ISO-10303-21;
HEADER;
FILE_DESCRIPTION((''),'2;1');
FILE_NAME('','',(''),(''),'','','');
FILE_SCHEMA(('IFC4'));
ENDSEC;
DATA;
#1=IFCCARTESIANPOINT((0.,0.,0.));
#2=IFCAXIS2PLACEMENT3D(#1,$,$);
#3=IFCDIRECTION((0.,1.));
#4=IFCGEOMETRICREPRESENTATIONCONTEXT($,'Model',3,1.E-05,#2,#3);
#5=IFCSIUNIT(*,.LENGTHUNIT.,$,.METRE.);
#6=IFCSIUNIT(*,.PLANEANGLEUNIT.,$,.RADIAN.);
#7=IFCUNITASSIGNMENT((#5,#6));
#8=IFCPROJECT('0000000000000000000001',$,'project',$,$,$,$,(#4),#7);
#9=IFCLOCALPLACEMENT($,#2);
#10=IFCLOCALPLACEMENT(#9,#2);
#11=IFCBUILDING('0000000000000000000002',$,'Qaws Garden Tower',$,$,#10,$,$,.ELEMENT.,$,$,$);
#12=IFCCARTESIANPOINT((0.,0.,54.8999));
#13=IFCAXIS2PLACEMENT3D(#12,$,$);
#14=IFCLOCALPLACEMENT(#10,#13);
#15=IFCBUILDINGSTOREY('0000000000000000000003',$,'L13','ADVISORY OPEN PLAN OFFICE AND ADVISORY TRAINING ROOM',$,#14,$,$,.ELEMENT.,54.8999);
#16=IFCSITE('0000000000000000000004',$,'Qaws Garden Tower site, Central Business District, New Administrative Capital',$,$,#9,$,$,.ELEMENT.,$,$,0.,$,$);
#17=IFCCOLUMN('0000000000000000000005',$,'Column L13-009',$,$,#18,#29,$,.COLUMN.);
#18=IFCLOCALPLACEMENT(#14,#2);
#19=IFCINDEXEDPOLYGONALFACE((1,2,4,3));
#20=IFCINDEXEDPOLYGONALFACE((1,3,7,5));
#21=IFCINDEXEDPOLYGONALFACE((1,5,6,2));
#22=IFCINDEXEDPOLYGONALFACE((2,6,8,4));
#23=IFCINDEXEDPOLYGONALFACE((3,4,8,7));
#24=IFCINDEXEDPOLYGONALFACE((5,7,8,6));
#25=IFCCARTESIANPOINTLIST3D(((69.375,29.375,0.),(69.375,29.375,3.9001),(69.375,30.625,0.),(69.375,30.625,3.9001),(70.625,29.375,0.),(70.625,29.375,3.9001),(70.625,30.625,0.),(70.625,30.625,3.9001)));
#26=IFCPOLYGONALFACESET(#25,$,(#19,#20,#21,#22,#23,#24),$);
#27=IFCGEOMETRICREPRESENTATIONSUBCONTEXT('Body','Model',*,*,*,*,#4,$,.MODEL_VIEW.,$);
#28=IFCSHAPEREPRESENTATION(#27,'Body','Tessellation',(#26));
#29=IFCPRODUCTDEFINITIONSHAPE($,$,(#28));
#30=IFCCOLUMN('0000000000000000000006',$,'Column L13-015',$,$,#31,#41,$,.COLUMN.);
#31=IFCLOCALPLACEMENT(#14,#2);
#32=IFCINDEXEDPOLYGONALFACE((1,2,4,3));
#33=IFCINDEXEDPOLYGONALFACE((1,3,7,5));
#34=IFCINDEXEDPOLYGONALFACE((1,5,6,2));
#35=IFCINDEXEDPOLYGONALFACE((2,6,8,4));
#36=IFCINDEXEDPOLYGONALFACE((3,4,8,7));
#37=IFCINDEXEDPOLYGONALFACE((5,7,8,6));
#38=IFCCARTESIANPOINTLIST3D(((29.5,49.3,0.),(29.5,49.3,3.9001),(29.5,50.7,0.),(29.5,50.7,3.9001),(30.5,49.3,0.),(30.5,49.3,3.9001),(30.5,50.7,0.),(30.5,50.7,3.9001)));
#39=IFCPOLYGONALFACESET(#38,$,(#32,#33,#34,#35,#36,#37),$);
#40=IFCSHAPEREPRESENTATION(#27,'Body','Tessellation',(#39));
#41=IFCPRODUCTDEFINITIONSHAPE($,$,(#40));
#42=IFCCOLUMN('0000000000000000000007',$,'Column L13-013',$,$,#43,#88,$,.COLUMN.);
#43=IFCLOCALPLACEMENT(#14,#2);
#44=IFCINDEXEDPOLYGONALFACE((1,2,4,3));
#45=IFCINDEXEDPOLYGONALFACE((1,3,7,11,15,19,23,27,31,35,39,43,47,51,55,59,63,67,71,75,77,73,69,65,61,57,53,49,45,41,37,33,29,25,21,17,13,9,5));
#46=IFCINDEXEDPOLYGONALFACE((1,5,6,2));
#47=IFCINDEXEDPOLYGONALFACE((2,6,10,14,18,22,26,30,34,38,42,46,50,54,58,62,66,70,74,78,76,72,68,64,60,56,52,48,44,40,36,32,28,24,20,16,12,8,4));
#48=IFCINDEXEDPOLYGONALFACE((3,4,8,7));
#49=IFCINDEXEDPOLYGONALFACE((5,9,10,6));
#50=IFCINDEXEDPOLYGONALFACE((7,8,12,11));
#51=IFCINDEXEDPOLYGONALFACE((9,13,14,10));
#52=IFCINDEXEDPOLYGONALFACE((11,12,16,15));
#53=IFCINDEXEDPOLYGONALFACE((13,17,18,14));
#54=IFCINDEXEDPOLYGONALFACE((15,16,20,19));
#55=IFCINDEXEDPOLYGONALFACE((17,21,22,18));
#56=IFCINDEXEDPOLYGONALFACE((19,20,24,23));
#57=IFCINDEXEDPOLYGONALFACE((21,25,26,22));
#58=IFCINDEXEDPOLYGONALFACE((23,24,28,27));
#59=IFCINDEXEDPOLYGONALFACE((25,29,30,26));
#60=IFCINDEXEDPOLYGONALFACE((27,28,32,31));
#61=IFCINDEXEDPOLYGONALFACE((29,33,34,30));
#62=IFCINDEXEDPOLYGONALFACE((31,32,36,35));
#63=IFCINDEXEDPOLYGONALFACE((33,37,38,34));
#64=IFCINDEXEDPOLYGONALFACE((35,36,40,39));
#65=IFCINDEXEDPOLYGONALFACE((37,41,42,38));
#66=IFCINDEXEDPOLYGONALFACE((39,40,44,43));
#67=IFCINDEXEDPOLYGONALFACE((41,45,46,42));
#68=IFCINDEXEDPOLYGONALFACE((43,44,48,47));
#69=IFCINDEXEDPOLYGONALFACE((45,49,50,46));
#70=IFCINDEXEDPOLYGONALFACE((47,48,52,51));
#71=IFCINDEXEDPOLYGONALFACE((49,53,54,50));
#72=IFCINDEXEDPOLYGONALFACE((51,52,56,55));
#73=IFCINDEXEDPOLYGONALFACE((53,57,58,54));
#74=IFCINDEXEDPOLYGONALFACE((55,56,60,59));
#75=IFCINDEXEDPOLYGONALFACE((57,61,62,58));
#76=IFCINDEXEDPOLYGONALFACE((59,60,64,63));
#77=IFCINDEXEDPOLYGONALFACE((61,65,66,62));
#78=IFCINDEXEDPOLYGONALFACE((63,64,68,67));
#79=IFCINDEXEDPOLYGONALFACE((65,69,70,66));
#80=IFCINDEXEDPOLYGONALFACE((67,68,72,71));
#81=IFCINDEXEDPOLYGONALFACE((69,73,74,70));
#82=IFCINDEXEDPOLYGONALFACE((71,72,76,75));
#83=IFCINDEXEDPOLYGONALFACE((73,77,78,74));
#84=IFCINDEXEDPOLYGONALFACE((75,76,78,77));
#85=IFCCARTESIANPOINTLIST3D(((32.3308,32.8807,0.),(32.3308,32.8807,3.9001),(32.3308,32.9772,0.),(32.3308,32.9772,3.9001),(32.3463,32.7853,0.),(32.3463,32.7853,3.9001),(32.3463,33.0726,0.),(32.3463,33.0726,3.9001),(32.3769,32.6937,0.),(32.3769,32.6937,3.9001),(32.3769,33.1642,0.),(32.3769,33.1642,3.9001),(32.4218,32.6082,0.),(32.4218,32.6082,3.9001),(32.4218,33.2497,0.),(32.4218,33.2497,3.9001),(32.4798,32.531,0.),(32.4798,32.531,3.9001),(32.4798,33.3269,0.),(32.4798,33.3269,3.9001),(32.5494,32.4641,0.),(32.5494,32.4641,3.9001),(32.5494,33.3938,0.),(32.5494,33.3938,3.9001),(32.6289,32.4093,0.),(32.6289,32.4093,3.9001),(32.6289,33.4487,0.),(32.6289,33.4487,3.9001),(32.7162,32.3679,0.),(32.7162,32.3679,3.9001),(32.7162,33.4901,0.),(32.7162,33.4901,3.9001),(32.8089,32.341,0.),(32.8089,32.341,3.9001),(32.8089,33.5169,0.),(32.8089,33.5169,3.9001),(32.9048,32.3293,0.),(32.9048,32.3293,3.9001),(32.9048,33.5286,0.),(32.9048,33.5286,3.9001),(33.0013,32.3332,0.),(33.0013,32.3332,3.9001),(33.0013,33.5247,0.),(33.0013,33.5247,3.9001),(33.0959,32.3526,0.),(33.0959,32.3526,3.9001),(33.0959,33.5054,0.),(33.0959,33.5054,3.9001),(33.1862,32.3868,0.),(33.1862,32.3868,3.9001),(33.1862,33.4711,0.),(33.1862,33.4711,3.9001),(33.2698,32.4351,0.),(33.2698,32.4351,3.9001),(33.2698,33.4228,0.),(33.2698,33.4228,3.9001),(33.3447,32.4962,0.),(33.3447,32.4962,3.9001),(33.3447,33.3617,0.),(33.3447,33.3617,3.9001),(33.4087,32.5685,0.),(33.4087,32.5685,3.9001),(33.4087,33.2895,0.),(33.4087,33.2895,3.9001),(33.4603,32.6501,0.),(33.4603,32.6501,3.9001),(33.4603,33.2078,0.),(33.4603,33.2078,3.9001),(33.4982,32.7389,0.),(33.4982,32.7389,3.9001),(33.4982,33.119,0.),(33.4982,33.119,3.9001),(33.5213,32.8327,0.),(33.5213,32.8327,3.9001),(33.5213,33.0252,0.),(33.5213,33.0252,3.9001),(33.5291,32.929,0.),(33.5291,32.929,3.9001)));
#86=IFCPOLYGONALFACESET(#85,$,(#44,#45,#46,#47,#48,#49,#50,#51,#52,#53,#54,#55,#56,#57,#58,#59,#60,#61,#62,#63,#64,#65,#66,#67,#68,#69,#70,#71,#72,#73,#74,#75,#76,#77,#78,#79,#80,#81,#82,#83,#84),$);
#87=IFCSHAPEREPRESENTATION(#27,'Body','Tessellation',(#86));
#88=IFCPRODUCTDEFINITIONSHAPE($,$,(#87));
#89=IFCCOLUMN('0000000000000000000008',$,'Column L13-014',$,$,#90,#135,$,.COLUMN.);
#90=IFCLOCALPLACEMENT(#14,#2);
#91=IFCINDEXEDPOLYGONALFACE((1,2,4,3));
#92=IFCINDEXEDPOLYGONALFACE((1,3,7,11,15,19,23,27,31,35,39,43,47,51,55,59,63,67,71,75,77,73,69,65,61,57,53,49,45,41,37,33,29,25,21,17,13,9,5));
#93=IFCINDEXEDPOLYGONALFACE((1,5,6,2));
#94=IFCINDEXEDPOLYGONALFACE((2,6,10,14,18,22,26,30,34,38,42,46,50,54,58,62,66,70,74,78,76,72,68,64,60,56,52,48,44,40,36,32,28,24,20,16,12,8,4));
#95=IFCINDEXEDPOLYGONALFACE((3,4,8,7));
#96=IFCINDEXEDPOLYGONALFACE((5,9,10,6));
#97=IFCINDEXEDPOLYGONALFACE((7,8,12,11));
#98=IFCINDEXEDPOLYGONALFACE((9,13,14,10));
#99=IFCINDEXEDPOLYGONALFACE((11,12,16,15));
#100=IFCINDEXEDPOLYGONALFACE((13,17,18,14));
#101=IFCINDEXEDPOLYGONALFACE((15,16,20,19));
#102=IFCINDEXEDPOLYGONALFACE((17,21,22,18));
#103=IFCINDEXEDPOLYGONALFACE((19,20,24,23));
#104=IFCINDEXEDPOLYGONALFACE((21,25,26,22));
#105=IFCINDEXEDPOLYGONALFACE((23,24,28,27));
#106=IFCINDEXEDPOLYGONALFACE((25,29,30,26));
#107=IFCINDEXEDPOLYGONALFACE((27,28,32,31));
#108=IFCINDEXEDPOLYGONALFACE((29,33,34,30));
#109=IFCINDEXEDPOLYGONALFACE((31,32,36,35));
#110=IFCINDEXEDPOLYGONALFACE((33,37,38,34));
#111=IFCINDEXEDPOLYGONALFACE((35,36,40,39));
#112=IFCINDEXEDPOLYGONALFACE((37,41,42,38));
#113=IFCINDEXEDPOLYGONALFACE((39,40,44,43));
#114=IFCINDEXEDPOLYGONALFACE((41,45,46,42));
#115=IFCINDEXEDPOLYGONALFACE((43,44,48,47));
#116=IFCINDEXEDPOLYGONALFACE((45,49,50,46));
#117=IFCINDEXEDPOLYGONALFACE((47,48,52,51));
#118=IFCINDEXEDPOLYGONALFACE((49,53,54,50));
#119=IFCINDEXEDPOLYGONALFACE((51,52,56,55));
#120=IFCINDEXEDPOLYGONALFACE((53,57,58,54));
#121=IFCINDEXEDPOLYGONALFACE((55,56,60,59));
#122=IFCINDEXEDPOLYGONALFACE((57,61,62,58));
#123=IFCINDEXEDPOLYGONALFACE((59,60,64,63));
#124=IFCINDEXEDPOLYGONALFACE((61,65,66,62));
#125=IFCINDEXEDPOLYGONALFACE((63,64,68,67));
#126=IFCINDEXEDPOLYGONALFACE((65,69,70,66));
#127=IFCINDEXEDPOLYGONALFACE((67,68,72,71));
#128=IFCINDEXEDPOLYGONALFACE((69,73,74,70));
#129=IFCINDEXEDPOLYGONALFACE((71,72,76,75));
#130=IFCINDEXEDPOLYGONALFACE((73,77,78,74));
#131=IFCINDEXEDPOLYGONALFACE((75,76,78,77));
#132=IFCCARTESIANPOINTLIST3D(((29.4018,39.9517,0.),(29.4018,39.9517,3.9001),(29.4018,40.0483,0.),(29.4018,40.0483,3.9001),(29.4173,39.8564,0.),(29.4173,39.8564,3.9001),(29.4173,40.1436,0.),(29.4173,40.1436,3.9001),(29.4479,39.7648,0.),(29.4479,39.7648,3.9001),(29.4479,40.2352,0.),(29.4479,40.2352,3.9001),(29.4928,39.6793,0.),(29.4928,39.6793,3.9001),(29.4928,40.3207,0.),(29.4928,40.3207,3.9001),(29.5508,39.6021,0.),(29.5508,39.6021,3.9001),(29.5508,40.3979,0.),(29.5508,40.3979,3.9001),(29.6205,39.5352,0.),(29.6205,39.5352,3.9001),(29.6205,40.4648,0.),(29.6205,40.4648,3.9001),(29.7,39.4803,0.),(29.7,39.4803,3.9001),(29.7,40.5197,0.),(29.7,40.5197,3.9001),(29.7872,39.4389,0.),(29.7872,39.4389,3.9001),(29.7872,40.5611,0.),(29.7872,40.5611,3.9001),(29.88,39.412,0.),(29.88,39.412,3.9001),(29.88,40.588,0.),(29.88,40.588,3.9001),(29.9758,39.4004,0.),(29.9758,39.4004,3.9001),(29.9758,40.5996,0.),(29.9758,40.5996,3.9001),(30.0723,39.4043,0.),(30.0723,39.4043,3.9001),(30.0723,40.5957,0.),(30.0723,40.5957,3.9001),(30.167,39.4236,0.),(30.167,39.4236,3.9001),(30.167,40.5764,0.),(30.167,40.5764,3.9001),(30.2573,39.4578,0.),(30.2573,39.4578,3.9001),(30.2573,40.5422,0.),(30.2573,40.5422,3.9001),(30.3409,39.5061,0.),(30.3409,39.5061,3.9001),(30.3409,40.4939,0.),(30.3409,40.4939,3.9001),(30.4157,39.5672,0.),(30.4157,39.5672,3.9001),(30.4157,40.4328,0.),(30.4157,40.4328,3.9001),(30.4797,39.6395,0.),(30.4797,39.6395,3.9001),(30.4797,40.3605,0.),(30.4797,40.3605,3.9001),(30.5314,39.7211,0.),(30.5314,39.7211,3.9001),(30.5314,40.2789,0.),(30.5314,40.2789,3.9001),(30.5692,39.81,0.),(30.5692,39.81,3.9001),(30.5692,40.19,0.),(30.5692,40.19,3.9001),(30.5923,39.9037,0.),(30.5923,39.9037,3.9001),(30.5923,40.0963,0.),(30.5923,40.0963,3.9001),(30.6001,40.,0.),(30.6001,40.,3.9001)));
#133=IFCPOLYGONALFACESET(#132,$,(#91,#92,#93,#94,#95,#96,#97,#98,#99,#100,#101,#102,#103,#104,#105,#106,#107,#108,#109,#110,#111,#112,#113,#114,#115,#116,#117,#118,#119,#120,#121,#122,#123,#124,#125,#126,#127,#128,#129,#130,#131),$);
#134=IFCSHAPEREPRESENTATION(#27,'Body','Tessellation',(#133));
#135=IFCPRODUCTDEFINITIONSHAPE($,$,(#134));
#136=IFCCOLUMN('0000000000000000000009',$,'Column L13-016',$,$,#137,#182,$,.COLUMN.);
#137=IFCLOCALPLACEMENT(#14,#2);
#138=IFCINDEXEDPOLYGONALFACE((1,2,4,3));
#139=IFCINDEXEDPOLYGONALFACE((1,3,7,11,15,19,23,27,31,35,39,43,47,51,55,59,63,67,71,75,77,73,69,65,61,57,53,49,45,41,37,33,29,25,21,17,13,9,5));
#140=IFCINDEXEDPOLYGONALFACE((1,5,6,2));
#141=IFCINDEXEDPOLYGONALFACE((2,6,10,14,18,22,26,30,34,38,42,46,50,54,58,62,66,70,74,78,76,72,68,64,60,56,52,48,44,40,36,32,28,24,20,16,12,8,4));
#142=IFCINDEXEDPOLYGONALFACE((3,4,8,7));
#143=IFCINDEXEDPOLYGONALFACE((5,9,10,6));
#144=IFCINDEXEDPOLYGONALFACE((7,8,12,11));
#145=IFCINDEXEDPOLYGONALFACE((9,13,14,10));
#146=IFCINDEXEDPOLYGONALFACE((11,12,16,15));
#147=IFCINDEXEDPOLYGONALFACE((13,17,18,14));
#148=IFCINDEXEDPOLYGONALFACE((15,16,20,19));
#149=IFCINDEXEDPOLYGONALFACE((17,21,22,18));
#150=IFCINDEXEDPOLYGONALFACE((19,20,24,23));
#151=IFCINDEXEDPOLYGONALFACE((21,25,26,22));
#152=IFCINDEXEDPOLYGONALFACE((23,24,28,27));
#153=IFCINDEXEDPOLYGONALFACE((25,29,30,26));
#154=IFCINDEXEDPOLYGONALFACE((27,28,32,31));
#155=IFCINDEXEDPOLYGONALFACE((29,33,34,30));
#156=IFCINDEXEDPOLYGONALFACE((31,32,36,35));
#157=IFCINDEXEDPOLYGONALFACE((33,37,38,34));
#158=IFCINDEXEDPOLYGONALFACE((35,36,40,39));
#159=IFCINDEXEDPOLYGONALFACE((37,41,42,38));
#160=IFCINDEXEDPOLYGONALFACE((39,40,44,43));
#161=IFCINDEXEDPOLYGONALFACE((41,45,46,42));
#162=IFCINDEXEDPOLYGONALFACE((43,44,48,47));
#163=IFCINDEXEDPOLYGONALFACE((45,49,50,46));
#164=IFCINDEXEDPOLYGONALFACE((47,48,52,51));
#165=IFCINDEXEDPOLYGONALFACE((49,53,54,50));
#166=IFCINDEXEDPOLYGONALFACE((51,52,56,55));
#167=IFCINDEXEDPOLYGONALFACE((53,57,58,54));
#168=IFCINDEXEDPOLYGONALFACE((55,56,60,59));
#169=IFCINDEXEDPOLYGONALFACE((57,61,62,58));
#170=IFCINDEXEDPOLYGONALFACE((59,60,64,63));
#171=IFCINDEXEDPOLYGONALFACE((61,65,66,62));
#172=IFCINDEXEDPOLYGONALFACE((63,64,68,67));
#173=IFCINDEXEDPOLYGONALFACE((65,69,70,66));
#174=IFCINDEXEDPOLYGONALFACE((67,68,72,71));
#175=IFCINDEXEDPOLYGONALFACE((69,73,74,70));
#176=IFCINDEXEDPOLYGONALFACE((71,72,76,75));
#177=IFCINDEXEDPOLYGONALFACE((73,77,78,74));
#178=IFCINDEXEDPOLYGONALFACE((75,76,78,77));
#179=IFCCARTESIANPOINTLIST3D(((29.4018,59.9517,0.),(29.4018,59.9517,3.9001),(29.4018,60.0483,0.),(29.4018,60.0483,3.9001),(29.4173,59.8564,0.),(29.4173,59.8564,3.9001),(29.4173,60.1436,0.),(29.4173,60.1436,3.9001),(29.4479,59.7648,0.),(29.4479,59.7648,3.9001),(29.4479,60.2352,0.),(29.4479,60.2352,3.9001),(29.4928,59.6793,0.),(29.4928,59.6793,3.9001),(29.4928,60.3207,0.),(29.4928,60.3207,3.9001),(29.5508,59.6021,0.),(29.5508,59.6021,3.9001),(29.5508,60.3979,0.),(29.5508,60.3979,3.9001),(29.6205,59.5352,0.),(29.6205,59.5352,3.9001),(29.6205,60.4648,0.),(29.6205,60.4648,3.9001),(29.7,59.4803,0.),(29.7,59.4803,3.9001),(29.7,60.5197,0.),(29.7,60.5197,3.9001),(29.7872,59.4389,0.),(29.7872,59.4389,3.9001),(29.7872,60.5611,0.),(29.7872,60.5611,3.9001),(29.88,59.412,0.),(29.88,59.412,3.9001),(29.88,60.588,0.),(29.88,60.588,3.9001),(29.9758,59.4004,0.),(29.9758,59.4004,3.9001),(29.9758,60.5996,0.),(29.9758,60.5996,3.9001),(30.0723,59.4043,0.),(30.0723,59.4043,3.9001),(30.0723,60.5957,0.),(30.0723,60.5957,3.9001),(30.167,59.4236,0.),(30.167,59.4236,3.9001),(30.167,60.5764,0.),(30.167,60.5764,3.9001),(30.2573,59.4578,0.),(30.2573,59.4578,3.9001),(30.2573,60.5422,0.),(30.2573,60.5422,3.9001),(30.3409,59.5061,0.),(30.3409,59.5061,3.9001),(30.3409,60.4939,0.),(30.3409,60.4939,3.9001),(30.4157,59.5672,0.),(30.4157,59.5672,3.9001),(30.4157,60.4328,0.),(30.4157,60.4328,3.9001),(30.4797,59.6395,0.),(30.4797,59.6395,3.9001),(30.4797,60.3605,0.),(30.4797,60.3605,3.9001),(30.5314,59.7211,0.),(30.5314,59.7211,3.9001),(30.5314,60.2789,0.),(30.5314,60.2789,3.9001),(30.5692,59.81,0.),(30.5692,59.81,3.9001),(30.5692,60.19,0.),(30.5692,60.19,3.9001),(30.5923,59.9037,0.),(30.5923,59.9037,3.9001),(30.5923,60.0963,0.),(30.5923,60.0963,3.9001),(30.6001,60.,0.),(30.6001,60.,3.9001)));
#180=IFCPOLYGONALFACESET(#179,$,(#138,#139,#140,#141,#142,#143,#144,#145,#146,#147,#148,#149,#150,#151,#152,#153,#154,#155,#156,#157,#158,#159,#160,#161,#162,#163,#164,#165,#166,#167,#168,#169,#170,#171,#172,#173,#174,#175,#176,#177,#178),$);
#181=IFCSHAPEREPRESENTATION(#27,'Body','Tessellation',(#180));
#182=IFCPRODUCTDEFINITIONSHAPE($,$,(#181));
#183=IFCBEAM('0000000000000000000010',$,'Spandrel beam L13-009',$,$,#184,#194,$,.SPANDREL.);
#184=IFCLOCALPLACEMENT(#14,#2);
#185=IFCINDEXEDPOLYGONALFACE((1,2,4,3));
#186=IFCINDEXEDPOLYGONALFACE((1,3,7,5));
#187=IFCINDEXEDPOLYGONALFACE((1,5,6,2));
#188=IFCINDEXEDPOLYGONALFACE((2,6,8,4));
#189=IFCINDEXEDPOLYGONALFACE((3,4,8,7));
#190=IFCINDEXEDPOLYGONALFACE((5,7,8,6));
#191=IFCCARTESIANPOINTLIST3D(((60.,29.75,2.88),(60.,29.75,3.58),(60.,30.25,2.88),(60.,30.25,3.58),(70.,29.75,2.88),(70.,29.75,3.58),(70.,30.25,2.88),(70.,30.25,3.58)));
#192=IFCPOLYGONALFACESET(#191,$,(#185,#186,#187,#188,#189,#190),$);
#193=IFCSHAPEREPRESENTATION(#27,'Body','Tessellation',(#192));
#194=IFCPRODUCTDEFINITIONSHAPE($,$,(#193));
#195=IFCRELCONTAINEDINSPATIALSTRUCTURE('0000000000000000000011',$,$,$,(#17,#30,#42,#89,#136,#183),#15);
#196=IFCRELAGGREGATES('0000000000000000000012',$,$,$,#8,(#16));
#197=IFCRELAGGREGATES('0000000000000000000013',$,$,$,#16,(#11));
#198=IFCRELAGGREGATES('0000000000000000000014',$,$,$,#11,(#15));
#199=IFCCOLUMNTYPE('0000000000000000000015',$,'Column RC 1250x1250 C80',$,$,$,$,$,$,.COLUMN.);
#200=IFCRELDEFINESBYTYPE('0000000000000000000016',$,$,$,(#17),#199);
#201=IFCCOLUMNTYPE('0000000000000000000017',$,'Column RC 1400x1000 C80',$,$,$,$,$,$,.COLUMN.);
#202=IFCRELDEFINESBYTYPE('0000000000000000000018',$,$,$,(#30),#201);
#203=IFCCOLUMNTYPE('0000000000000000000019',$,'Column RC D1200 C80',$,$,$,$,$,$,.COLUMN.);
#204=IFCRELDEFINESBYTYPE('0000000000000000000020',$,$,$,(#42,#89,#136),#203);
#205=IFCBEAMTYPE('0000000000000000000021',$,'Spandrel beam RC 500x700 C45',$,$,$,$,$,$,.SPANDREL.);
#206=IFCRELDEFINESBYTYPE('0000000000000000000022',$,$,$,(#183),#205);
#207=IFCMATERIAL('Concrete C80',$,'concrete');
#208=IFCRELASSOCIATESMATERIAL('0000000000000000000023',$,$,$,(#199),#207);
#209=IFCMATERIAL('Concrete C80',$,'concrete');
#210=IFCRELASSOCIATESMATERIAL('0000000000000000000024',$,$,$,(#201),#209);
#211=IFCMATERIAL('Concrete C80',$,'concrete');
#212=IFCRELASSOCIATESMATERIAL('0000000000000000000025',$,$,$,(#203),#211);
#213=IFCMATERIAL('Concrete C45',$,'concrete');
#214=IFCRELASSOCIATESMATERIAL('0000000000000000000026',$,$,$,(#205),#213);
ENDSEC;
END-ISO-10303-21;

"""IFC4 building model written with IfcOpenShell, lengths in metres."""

from ifc_helpers import new_model, si_unit, direction, frame, origin, origin_2d, place, context, subcontext, project, spatial, rectangle, circle, extrude, material, material_profile, profile_set, type_object, element, save


model = new_model("IFC4")

# Units and contexts
model_context = context("Model", 3, precision=1e-05, world=origin(), true_north=direction((0.0, 1.0)))
body_context = subcontext(model_context, "Body", "Model", "MODEL_VIEW")
ifc_project = project(units=[si_unit("LENGTHUNIT", "METRE"), si_unit("PLANEANGLEUNIT", "RADIAN")], contexts=[model_context])

# Site, building, storey
site_placement = place(None, origin())
site = spatial("IfcSite", under=ifc_project, at=site_placement, Name="Qaws Garden Tower site, Central Business District, New Administrative Capital", CompositionType="ELEMENT", RefElevation=0.0)
building_placement = place(site_placement, origin())
building = spatial("IfcBuilding", under=site, at=building_placement, Name="Qaws Garden Tower", CompositionType="ELEMENT")
storey_placement = place(building_placement, frame((0.0, 0.0, 54.8999)))
storey = spatial("IfcBuildingStorey", under=building, at=storey_placement, Name="L13", Description="ADVISORY OPEN PLAN OFFICE AND ADVISORY TRAINING ROOM", CompositionType="ELEMENT", Elevation=54.8999)

# Columns
ifc_material_1 = material(Name="Concrete C80", Category="concrete")
ifc_material_profile_1 = material_profile(ifc_material_1, rectangle(XDim=1.25, YDim=1.25, at=origin_2d()), Name="RC 1250x1250")
ifc_profile_set_1 = profile_set([ifc_material_profile_1], Name="Concrete C80")
column_type_1 = type_object("IfcColumnType", Name="Column RC 1250x1250 C80", PredefinedType="COLUMN", material=ifc_profile_set_1)
column_1_placement = place(storey_placement, frame((70.0, 30.0, 0.0), z_axis=(0.0, 0.0, 1.0), x_axis=(1.0, 0.0, 0.0)))
element("IfcColumn", 1, at=column_1_placement, inside=storey, type_object=column_type_1, Name="Column L13-009", PredefinedType="COLUMN", context=body_context, shape_type="SweptSolid", body=[
    extrude(rectangle(XDim=1.25, YDim=1.25, at=origin_2d()), origin(), (0.0, 0.0, 1.0), 3.9001),
])
ifc_material_2 = material(Name="Concrete C80", Category="concrete")
ifc_material_profile_2 = material_profile(ifc_material_2, rectangle(XDim=1.3999, YDim=1.0, at=origin_2d()), Name="RC 1400x1000")
ifc_profile_set_2 = profile_set([ifc_material_profile_2], Name="Concrete C80")
column_type_2 = type_object("IfcColumnType", Name="Column RC 1400x1000 C80", PredefinedType="COLUMN", material=ifc_profile_set_2)
column_2_placement = place(storey_placement, frame((30.0, 50.0, 0.0), z_axis=(0.0, 0.0, 1.0), x_axis=(0.0, 1.0, 0.0)))
element("IfcColumn", 2, at=column_2_placement, inside=storey, type_object=column_type_2, Name="Column L13-015", PredefinedType="COLUMN", context=body_context, shape_type="SweptSolid", body=[
    extrude(rectangle(XDim=1.3999, YDim=1.0, at=origin_2d()), origin(), (0.0, 0.0, 1.0), 3.9001),
])
ifc_material_3 = material(Name="Concrete C80", Category="concrete")
ifc_material_profile_3 = material_profile(ifc_material_3, circle(Radius=0.6001, at=origin_2d()), Name="RC D1200")
ifc_profile_set_3 = profile_set([ifc_material_profile_3], Name="Concrete C80")
column_type_3 = type_object("IfcColumnType", Name="Column RC D1200 C80", PredefinedType="COLUMN", material=ifc_profile_set_3)
for number, where, z_axis, x_axis, name in (
    (3, (32.929, 32.929, 0.0), (0.0, 0.0, 1.0), (1.0, 0.0, 0.0), "Column L13-013"),
    (4, (30.0, 40.0, 0.0), (0.0, 0.0, 1.0), (1.0, 0.0, 0.0), "Column L13-014"),
    (5, (30.0, 60.0, 0.0), (0.0, 0.0, 1.0), (1.0, 0.0, 0.0), "Column L13-016"),
):
    element("IfcColumn", number, at=place(storey_placement, frame(where, z_axis=z_axis, x_axis=x_axis)), inside=storey, type_object=column_type_3, Name=name, PredefinedType="COLUMN", context=body_context, shape_type="SweptSolid", body=[
        extrude(circle(Radius=0.6001, at=origin_2d()), origin(), (0.0, 0.0, 1.0), 3.9001),
    ])

# Beam
ifc_material_4 = material(Name="Concrete C45", Category="concrete")
ifc_material_profile_4 = material_profile(ifc_material_4, rectangle(XDim=0.5, YDim=0.7, at=origin_2d()), Name="RC 500x700")
ifc_profile_set_4 = profile_set([ifc_material_profile_4], Name="Concrete C45")
beam_type = type_object("IfcBeamType", Name="Spandrel beam RC 500x700 C45", PredefinedType="SPANDREL", material=ifc_profile_set_4)
beam_1_placement = place(storey_placement, frame((70.0, 30.0, 3.23), z_axis=(-1.0, 0.0, 0.0), x_axis=(0.0, -1.0, 0.0)))
element("IfcBeam", 6, at=beam_1_placement, inside=storey, type_object=beam_type, Name="Spandrel beam L13-009", PredefinedType="SPANDREL", context=body_context, shape_type="SweptSolid", body=[
    extrude(rectangle(XDim=0.5, YDim=0.7, at=origin_2d()), origin(), (0.0, 0.0, 1.0), 10.0),
])

save(model, "model.ifc")
